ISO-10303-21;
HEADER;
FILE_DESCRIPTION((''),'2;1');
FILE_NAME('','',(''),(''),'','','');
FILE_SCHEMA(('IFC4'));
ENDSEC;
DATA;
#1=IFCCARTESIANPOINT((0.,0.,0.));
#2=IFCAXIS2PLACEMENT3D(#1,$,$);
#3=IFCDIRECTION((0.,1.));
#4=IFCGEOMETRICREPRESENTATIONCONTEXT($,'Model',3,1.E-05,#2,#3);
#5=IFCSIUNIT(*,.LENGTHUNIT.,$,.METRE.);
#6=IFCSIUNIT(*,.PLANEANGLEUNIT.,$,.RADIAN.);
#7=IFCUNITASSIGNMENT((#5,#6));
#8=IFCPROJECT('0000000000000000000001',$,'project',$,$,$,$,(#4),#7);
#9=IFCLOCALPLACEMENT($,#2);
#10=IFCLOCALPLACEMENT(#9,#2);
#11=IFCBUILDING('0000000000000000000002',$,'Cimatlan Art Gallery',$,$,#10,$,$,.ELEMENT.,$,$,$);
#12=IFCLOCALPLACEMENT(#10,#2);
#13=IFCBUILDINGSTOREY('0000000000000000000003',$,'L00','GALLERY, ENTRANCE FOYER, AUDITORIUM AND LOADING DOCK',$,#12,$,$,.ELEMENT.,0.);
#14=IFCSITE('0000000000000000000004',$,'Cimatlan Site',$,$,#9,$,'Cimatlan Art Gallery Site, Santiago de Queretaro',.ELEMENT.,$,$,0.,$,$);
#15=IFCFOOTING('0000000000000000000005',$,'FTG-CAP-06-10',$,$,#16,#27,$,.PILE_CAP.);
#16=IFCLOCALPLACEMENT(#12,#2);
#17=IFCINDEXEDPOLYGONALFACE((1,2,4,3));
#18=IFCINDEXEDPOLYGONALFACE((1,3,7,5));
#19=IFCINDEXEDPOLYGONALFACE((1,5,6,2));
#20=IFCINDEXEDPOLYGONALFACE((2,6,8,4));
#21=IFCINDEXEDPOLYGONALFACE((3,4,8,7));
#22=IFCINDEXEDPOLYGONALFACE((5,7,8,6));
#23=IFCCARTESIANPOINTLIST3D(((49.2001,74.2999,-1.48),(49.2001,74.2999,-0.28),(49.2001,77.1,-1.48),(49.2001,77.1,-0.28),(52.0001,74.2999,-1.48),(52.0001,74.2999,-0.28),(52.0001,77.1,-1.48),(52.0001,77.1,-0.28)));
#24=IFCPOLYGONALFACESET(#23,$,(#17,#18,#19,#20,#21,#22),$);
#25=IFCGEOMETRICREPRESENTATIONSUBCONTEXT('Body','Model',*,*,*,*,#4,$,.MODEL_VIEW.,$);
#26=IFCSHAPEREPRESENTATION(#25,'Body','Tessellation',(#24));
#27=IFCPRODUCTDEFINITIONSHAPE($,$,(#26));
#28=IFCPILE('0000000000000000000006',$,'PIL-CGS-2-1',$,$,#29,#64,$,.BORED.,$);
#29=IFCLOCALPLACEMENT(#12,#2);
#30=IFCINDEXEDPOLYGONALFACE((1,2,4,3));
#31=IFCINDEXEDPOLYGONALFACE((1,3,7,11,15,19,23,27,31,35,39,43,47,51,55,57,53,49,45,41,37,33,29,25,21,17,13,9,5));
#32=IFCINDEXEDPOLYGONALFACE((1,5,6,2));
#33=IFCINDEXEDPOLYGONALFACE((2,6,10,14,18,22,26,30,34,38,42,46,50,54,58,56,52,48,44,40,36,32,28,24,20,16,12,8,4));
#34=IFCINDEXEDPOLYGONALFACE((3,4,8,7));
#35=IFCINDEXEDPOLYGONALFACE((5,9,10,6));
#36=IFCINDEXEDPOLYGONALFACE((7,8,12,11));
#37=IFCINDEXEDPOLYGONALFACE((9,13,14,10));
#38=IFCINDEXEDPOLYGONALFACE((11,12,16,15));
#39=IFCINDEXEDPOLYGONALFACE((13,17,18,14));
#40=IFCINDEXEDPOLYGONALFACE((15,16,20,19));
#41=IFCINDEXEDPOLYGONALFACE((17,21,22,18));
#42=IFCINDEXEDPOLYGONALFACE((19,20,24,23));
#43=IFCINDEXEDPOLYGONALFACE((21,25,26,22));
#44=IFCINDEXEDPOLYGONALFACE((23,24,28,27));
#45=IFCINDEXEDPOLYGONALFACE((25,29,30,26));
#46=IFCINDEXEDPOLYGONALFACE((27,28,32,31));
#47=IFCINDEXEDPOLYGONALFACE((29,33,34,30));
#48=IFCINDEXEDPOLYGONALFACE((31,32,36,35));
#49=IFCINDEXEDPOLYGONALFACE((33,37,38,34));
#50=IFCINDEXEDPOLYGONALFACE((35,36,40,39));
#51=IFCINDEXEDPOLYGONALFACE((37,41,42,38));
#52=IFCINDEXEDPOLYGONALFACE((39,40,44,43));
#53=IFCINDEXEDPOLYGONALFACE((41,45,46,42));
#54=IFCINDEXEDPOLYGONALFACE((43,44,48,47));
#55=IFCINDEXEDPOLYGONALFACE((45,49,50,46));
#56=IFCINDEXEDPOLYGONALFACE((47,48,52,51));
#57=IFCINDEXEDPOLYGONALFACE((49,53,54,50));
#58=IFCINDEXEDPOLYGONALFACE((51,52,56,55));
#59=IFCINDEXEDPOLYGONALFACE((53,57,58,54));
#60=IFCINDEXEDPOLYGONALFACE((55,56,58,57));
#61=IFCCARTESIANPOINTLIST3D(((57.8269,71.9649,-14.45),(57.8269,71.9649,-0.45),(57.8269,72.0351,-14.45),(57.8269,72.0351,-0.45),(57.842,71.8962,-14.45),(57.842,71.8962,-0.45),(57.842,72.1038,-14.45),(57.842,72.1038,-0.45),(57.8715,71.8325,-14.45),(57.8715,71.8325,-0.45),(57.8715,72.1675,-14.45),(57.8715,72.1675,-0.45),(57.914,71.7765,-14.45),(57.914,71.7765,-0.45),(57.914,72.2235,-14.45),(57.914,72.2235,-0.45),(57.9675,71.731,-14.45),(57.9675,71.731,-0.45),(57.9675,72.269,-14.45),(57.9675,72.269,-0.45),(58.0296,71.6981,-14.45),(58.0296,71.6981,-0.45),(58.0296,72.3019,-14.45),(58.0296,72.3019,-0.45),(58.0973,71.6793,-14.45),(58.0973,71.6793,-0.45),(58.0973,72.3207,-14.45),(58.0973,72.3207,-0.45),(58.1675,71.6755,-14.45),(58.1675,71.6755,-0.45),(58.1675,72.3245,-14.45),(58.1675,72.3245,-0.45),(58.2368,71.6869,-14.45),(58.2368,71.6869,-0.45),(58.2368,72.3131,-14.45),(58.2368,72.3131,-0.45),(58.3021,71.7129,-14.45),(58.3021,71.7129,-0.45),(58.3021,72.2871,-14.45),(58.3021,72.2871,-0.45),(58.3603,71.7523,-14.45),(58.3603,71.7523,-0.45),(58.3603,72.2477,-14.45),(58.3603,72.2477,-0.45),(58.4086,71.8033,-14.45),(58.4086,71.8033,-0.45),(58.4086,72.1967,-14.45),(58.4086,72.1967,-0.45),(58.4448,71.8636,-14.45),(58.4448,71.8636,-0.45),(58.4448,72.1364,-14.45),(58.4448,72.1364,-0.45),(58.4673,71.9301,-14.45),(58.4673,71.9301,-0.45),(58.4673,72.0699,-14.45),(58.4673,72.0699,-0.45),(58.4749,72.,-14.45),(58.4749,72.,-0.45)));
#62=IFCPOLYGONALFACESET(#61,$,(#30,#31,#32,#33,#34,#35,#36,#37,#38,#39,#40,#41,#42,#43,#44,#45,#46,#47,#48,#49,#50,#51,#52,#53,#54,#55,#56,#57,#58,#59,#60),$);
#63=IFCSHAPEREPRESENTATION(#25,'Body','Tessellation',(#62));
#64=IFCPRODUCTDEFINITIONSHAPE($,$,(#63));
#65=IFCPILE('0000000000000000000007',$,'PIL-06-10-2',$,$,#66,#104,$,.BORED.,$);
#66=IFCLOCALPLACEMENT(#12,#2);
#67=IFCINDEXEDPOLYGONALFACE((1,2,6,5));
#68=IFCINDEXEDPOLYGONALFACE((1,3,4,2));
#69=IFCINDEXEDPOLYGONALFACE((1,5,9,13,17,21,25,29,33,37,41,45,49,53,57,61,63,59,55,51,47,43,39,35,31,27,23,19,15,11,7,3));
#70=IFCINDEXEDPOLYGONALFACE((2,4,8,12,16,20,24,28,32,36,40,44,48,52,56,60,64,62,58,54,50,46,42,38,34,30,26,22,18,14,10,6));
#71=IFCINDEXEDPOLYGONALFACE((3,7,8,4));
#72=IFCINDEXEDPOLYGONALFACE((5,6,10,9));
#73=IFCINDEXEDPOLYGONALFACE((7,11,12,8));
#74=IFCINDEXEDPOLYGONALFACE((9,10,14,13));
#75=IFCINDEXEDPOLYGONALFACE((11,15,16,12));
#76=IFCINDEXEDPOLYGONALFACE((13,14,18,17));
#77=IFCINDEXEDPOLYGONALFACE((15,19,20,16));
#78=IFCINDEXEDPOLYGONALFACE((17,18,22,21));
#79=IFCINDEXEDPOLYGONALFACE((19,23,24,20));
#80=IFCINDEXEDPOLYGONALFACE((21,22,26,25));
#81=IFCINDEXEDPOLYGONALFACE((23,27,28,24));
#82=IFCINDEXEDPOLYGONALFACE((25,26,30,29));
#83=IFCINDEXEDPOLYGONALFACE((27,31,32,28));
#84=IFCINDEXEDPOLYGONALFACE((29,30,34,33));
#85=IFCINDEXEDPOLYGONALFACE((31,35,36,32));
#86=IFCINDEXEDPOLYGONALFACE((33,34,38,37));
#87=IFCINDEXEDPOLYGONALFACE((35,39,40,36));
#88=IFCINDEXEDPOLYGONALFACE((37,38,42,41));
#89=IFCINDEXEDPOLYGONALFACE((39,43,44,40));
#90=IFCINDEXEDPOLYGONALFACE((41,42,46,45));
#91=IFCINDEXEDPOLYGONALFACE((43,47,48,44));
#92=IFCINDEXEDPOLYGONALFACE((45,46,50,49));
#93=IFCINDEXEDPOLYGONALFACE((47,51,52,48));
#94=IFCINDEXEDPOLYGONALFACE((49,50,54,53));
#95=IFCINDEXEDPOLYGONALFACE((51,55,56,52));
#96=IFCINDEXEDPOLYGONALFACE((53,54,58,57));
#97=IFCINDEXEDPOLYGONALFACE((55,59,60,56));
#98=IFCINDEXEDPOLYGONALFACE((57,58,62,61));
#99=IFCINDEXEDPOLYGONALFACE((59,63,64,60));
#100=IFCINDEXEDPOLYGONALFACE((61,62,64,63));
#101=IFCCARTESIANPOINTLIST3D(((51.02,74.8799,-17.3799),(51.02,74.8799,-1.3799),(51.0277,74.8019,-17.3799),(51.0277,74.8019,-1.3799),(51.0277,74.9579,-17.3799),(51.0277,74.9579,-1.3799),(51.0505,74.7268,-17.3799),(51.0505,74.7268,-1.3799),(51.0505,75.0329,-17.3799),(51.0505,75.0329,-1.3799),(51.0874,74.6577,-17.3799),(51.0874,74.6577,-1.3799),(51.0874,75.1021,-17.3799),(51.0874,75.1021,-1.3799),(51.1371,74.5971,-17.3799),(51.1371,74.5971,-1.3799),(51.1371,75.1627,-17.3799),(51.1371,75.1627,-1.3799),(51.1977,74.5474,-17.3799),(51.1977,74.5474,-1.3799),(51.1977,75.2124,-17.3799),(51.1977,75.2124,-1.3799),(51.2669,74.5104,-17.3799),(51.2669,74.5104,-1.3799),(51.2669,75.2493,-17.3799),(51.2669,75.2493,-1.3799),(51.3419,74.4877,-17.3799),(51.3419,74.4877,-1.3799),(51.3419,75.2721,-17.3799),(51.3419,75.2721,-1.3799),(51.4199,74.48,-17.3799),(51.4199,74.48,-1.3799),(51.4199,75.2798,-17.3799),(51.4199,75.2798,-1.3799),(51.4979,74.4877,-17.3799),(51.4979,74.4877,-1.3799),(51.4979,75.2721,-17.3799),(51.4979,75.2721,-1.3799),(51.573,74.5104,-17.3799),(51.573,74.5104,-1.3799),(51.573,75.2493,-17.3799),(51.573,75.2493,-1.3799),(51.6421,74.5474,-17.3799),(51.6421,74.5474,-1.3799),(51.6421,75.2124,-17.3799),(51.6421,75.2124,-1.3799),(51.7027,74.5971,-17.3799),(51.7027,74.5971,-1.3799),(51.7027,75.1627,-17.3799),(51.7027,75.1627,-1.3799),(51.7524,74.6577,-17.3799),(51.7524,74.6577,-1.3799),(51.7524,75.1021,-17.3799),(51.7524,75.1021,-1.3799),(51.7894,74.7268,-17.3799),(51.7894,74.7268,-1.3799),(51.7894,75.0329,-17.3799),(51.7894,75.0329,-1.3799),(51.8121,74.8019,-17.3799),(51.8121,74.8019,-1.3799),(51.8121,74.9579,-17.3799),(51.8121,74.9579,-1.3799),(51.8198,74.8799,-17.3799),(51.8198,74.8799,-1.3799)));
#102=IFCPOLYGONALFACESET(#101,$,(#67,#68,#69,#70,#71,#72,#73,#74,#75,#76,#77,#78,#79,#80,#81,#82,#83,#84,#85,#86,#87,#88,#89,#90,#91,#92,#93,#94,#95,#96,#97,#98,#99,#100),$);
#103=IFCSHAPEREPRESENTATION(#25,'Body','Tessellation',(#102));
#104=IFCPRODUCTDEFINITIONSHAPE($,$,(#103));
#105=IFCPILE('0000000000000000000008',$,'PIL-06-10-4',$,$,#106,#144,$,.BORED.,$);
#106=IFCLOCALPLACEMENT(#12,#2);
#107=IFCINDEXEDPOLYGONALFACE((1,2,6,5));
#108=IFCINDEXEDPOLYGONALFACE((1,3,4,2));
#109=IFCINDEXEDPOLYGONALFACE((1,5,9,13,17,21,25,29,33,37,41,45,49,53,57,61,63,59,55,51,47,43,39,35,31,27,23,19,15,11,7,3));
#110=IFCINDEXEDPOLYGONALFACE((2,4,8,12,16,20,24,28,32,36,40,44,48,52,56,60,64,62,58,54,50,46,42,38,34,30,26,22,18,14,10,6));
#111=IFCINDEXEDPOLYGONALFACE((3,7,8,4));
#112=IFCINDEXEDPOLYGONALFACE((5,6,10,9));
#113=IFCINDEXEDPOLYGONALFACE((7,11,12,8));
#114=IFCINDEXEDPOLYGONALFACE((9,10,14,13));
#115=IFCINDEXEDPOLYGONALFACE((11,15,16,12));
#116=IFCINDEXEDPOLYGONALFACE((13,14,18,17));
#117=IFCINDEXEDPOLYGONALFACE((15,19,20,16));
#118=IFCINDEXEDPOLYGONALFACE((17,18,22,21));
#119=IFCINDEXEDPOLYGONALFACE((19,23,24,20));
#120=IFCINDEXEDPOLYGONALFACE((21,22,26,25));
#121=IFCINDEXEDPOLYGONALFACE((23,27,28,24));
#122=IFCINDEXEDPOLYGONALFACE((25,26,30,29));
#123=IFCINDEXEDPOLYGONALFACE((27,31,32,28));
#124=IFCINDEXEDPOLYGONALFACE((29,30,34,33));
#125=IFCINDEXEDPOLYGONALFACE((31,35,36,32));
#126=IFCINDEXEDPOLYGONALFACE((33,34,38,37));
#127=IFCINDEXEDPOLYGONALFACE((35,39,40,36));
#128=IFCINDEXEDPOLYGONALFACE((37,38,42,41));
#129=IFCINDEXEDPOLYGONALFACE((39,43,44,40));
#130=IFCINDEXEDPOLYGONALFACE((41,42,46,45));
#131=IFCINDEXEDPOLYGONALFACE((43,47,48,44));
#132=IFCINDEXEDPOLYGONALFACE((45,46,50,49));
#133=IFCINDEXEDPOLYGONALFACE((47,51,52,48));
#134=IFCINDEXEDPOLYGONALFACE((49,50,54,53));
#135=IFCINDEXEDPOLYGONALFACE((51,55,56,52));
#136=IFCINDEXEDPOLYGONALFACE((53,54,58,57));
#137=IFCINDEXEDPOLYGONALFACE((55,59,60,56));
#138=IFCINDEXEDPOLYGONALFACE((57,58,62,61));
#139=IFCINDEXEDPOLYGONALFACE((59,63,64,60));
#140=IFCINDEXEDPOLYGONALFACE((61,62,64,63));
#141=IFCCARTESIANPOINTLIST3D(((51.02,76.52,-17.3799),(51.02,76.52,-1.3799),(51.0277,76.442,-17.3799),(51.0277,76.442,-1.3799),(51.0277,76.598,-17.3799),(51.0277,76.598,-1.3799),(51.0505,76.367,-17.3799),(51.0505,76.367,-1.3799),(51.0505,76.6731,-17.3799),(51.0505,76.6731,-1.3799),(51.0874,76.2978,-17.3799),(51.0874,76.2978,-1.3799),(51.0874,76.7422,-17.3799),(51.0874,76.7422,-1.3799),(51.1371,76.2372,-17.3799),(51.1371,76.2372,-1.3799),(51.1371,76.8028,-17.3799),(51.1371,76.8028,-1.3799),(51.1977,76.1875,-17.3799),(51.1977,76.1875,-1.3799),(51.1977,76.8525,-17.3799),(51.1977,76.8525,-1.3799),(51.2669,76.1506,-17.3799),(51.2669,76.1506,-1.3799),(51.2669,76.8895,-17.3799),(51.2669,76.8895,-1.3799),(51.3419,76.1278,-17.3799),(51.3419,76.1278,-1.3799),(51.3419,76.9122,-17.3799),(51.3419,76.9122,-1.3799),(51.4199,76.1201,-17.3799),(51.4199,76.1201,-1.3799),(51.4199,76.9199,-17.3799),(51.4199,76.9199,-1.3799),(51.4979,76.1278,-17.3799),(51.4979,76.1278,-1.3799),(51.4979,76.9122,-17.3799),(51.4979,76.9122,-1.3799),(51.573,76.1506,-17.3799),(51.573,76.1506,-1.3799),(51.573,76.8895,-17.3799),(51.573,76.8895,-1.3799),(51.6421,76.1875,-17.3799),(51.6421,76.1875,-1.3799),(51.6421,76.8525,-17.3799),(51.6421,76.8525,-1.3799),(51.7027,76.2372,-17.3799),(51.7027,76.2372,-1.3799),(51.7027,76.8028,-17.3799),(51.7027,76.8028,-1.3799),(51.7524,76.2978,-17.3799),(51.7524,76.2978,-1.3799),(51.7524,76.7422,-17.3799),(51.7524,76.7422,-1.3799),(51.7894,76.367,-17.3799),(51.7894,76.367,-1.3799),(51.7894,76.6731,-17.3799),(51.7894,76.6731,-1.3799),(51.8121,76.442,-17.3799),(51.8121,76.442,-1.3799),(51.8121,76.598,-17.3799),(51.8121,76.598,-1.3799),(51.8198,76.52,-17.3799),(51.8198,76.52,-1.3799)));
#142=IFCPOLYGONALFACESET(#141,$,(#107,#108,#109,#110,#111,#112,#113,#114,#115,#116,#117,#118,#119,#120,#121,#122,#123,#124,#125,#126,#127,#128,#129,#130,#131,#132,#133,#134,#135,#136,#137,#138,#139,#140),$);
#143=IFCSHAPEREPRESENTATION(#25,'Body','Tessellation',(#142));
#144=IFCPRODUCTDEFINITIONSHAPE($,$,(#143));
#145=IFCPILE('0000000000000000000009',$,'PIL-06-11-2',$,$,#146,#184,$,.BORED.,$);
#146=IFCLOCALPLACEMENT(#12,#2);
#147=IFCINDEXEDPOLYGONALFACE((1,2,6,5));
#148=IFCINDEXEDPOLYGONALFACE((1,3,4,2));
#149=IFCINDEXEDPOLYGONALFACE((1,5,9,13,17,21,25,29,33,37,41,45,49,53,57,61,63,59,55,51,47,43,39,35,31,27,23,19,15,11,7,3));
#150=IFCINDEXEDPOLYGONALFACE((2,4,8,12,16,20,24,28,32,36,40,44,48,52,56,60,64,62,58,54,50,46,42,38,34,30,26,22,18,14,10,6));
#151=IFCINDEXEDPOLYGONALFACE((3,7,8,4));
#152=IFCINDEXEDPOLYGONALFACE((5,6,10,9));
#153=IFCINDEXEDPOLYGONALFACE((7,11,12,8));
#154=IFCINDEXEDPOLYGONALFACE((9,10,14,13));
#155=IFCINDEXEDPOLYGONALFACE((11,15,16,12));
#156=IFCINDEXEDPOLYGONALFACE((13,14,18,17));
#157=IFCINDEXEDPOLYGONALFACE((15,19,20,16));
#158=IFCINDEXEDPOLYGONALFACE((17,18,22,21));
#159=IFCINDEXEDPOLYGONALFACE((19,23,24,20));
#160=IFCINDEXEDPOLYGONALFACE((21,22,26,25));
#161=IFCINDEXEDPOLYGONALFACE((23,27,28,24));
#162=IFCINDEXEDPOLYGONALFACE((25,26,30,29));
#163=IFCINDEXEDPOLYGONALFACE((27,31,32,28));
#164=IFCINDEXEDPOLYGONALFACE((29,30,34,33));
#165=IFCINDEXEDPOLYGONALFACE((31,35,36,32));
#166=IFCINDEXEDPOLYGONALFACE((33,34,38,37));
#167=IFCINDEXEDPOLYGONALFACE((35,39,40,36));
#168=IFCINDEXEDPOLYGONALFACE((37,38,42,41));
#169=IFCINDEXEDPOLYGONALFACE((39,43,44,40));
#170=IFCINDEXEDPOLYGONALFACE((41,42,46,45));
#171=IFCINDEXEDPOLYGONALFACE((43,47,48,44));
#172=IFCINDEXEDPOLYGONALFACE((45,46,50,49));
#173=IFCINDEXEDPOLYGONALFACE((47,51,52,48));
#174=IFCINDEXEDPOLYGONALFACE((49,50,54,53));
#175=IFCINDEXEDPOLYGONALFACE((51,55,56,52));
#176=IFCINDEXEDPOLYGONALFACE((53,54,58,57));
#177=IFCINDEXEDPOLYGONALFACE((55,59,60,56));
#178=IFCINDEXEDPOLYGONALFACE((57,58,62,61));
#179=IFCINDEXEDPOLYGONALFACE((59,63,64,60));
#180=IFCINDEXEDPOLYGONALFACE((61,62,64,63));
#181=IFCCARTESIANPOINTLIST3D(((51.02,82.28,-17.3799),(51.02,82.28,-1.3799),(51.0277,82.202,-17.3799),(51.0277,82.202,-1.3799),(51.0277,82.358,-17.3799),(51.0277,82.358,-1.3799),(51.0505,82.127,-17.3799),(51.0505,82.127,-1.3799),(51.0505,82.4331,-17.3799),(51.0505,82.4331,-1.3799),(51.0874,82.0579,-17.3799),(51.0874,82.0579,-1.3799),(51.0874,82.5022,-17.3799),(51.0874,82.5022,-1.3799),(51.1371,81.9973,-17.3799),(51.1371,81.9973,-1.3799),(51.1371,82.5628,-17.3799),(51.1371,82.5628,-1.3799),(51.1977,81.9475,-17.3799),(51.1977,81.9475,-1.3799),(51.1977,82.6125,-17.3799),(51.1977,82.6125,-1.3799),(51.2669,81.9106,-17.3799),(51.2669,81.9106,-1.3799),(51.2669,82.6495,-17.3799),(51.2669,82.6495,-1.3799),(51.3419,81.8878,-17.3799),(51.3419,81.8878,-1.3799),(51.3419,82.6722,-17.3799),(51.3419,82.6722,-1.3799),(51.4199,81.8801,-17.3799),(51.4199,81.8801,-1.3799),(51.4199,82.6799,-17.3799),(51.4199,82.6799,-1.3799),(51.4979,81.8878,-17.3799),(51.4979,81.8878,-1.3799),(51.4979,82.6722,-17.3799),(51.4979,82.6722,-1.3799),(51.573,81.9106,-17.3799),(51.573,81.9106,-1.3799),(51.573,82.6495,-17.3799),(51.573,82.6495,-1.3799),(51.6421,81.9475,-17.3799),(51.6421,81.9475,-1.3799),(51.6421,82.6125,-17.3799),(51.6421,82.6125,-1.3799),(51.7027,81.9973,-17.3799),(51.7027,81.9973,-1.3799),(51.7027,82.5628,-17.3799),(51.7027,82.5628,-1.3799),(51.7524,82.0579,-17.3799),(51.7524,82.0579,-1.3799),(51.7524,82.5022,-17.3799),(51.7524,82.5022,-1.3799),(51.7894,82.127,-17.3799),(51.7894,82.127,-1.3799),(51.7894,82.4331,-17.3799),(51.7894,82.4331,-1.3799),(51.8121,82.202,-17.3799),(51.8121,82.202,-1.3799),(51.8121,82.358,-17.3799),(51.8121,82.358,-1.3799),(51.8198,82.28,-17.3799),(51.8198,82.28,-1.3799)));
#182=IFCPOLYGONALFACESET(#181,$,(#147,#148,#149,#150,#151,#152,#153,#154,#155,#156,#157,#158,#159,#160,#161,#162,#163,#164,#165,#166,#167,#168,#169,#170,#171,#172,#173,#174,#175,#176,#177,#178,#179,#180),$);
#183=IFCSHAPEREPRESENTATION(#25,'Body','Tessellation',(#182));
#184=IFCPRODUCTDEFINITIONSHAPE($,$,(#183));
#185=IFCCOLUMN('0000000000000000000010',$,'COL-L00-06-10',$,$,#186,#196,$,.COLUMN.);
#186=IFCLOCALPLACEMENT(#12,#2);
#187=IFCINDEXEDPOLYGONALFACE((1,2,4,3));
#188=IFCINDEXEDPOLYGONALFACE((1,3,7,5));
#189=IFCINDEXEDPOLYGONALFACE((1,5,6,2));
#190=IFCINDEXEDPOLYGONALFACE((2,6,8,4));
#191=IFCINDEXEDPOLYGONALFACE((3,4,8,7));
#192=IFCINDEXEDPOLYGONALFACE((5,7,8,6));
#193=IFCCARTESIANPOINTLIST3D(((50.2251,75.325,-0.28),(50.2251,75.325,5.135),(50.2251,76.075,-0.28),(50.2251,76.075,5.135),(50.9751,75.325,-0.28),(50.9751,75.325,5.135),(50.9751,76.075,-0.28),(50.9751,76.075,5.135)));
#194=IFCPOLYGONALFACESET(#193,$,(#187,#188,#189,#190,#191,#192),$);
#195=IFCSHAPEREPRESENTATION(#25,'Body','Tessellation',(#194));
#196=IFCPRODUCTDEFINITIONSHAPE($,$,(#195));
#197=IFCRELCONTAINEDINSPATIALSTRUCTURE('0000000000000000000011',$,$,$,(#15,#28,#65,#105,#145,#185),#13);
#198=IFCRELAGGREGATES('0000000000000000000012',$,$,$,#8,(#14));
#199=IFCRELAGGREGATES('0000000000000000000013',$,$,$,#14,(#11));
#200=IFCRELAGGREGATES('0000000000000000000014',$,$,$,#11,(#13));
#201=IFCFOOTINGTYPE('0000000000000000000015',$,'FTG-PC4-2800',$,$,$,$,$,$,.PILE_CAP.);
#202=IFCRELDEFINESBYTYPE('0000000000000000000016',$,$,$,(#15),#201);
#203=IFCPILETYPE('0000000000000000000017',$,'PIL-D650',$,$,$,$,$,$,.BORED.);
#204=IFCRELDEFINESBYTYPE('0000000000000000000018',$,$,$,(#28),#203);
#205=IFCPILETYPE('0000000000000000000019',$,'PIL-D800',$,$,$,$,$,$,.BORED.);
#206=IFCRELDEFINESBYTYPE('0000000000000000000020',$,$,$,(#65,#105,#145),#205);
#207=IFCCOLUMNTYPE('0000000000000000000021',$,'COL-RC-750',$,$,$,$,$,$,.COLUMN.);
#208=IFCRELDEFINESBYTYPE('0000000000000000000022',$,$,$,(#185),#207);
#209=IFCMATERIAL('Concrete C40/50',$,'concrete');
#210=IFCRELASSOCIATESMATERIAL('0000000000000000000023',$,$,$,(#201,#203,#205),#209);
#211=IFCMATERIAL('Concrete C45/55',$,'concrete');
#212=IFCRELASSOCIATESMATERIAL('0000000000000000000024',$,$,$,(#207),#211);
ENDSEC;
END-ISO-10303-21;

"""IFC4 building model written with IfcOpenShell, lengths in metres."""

from ifc_helpers import new_model, si_unit, direction, frame, origin, origin_2d, place, context, subcontext, project, spatial, rectangle, circle, extrude, material, material_profile, profile_set, type_object, element, save


model = new_model("IFC4")

# Units and contexts
model_context = context("Model", 3, precision=1e-05, world=origin(), true_north=direction((0.0, 1.0)))
body_context = subcontext(model_context, "Body", "Model", "MODEL_VIEW")
ifc_project = project(units=[si_unit("LENGTHUNIT", "METRE"), si_unit("PLANEANGLEUNIT", "RADIAN")], contexts=[model_context])

# Site, building, storey
site_placement = place(None, origin())
site = spatial("IfcSite", under=ifc_project, at=site_placement, Name="Cimatlan Site", LongName="Cimatlan Art Gallery Site, Santiago de Queretaro", CompositionType="ELEMENT", RefElevation=0.0)
building_placement = place(site_placement, origin())
building = spatial("IfcBuilding", under=site, at=building_placement, Name="Cimatlan Art Gallery", CompositionType="ELEMENT")
storey_placement = place(building_placement, origin())
storey = spatial("IfcBuildingStorey", under=building, at=storey_placement, Name="L00", Description="GALLERY, ENTRANCE FOYER, AUDITORIUM AND LOADING DOCK", CompositionType="ELEMENT", Elevation=0.0)

# Footing
ifc_material_1 = material(Name="Concrete C40/50", Category="concrete")
footing_type = type_object("IfcFootingType", Name="FTG-PC4-2800", PredefinedType="PILE_CAP", material=ifc_material_1)
footing_placement = place(storey_placement, frame((50.6001, 75.7, -1.48), z_axis=(0.0, 0.0, 1.0), x_axis=(1.0, 0.0, 0.0)))
element("IfcFooting", 1, at=footing_placement, inside=storey, type_object=footing_type, Name="FTG-CAP-06-10", PredefinedType="PILE_CAP", context=body_context, shape_type="SweptSolid", body=[
    extrude(rectangle(XDim=2.8, YDim=2.8, at=origin_2d()), origin(), (0.0, 0.0, 1.0), 1.2),
])

# Piles
pile_type_1 = type_object("IfcPileType", Name="PIL-D650", PredefinedType="BORED", material=ifc_material_1)
pile_placement = place(storey_placement, frame((58.1499, 72.0, -0.45), z_axis=(0.0, 0.0, -1.0), x_axis=(1.0, 0.0, 0.0)))
element("IfcPile", 2, at=pile_placement, inside=storey, type_object=pile_type_1, Name="PIL-CGS-2-1", PredefinedType="BORED", context=body_context, shape_type="SweptSolid", body=[
    extrude(circle(Radius=0.325, at=origin_2d()), origin(), (0.0, 0.0, 1.0), 14.0),
])
pile_type_2 = type_object("IfcPileType", Name="PIL-D800", PredefinedType="BORED", material=ifc_material_1)
for number, where, z_axis, x_axis, name in (
    (3, (51.4199, 74.8799, -1.3799), (0.0, 0.0, -1.0), (1.0, 0.0, 0.0), "PIL-06-10-2"),
    (4, (51.4199, 76.52, -1.3799), (0.0, 0.0, -1.0), (1.0, 0.0, 0.0), "PIL-06-10-4"),
    (5, (51.4199, 82.28, -1.3799), (0.0, 0.0, -1.0), (1.0, 0.0, 0.0), "PIL-06-11-2"),
):
    element("IfcPile", number, at=place(storey_placement, frame(where, z_axis=z_axis, x_axis=x_axis)), inside=storey, type_object=pile_type_2, Name=name, PredefinedType="BORED", context=body_context, shape_type="SweptSolid", body=[
        extrude(circle(Radius=0.3999, at=origin_2d()), origin(), (0.0, 0.0, 1.0), 16.0),
    ])

# Column
ifc_material_2 = material(Name="Concrete C45/55", Category="concrete")
ifc_material_profile_1 = material_profile(ifc_material_2, rectangle(XDim=0.75, YDim=0.75, at=origin_2d()), Name="RC750X750")
ifc_profile_set_1 = profile_set([ifc_material_profile_1], Name="Concrete C45/55")
column_type = type_object("IfcColumnType", Name="COL-RC-750", PredefinedType="COLUMN", material=ifc_profile_set_1)
column_placement = place(storey_placement, frame((50.6001, 75.7, -0.28), z_axis=(0.0, 0.0, 1.0), x_axis=(1.0, 0.0, 0.0)))
element("IfcColumn", 6, at=column_placement, inside=storey, type_object=column_type, Name="COL-L00-06-10", PredefinedType="COLUMN", context=body_context, shape_type="SweptSolid", body=[
    extrude(rectangle(XDim=0.75, YDim=0.75, at=origin_2d()), origin(), (0.0, 0.0, 1.0), 5.415),
])

save(model, "model.ifc")
